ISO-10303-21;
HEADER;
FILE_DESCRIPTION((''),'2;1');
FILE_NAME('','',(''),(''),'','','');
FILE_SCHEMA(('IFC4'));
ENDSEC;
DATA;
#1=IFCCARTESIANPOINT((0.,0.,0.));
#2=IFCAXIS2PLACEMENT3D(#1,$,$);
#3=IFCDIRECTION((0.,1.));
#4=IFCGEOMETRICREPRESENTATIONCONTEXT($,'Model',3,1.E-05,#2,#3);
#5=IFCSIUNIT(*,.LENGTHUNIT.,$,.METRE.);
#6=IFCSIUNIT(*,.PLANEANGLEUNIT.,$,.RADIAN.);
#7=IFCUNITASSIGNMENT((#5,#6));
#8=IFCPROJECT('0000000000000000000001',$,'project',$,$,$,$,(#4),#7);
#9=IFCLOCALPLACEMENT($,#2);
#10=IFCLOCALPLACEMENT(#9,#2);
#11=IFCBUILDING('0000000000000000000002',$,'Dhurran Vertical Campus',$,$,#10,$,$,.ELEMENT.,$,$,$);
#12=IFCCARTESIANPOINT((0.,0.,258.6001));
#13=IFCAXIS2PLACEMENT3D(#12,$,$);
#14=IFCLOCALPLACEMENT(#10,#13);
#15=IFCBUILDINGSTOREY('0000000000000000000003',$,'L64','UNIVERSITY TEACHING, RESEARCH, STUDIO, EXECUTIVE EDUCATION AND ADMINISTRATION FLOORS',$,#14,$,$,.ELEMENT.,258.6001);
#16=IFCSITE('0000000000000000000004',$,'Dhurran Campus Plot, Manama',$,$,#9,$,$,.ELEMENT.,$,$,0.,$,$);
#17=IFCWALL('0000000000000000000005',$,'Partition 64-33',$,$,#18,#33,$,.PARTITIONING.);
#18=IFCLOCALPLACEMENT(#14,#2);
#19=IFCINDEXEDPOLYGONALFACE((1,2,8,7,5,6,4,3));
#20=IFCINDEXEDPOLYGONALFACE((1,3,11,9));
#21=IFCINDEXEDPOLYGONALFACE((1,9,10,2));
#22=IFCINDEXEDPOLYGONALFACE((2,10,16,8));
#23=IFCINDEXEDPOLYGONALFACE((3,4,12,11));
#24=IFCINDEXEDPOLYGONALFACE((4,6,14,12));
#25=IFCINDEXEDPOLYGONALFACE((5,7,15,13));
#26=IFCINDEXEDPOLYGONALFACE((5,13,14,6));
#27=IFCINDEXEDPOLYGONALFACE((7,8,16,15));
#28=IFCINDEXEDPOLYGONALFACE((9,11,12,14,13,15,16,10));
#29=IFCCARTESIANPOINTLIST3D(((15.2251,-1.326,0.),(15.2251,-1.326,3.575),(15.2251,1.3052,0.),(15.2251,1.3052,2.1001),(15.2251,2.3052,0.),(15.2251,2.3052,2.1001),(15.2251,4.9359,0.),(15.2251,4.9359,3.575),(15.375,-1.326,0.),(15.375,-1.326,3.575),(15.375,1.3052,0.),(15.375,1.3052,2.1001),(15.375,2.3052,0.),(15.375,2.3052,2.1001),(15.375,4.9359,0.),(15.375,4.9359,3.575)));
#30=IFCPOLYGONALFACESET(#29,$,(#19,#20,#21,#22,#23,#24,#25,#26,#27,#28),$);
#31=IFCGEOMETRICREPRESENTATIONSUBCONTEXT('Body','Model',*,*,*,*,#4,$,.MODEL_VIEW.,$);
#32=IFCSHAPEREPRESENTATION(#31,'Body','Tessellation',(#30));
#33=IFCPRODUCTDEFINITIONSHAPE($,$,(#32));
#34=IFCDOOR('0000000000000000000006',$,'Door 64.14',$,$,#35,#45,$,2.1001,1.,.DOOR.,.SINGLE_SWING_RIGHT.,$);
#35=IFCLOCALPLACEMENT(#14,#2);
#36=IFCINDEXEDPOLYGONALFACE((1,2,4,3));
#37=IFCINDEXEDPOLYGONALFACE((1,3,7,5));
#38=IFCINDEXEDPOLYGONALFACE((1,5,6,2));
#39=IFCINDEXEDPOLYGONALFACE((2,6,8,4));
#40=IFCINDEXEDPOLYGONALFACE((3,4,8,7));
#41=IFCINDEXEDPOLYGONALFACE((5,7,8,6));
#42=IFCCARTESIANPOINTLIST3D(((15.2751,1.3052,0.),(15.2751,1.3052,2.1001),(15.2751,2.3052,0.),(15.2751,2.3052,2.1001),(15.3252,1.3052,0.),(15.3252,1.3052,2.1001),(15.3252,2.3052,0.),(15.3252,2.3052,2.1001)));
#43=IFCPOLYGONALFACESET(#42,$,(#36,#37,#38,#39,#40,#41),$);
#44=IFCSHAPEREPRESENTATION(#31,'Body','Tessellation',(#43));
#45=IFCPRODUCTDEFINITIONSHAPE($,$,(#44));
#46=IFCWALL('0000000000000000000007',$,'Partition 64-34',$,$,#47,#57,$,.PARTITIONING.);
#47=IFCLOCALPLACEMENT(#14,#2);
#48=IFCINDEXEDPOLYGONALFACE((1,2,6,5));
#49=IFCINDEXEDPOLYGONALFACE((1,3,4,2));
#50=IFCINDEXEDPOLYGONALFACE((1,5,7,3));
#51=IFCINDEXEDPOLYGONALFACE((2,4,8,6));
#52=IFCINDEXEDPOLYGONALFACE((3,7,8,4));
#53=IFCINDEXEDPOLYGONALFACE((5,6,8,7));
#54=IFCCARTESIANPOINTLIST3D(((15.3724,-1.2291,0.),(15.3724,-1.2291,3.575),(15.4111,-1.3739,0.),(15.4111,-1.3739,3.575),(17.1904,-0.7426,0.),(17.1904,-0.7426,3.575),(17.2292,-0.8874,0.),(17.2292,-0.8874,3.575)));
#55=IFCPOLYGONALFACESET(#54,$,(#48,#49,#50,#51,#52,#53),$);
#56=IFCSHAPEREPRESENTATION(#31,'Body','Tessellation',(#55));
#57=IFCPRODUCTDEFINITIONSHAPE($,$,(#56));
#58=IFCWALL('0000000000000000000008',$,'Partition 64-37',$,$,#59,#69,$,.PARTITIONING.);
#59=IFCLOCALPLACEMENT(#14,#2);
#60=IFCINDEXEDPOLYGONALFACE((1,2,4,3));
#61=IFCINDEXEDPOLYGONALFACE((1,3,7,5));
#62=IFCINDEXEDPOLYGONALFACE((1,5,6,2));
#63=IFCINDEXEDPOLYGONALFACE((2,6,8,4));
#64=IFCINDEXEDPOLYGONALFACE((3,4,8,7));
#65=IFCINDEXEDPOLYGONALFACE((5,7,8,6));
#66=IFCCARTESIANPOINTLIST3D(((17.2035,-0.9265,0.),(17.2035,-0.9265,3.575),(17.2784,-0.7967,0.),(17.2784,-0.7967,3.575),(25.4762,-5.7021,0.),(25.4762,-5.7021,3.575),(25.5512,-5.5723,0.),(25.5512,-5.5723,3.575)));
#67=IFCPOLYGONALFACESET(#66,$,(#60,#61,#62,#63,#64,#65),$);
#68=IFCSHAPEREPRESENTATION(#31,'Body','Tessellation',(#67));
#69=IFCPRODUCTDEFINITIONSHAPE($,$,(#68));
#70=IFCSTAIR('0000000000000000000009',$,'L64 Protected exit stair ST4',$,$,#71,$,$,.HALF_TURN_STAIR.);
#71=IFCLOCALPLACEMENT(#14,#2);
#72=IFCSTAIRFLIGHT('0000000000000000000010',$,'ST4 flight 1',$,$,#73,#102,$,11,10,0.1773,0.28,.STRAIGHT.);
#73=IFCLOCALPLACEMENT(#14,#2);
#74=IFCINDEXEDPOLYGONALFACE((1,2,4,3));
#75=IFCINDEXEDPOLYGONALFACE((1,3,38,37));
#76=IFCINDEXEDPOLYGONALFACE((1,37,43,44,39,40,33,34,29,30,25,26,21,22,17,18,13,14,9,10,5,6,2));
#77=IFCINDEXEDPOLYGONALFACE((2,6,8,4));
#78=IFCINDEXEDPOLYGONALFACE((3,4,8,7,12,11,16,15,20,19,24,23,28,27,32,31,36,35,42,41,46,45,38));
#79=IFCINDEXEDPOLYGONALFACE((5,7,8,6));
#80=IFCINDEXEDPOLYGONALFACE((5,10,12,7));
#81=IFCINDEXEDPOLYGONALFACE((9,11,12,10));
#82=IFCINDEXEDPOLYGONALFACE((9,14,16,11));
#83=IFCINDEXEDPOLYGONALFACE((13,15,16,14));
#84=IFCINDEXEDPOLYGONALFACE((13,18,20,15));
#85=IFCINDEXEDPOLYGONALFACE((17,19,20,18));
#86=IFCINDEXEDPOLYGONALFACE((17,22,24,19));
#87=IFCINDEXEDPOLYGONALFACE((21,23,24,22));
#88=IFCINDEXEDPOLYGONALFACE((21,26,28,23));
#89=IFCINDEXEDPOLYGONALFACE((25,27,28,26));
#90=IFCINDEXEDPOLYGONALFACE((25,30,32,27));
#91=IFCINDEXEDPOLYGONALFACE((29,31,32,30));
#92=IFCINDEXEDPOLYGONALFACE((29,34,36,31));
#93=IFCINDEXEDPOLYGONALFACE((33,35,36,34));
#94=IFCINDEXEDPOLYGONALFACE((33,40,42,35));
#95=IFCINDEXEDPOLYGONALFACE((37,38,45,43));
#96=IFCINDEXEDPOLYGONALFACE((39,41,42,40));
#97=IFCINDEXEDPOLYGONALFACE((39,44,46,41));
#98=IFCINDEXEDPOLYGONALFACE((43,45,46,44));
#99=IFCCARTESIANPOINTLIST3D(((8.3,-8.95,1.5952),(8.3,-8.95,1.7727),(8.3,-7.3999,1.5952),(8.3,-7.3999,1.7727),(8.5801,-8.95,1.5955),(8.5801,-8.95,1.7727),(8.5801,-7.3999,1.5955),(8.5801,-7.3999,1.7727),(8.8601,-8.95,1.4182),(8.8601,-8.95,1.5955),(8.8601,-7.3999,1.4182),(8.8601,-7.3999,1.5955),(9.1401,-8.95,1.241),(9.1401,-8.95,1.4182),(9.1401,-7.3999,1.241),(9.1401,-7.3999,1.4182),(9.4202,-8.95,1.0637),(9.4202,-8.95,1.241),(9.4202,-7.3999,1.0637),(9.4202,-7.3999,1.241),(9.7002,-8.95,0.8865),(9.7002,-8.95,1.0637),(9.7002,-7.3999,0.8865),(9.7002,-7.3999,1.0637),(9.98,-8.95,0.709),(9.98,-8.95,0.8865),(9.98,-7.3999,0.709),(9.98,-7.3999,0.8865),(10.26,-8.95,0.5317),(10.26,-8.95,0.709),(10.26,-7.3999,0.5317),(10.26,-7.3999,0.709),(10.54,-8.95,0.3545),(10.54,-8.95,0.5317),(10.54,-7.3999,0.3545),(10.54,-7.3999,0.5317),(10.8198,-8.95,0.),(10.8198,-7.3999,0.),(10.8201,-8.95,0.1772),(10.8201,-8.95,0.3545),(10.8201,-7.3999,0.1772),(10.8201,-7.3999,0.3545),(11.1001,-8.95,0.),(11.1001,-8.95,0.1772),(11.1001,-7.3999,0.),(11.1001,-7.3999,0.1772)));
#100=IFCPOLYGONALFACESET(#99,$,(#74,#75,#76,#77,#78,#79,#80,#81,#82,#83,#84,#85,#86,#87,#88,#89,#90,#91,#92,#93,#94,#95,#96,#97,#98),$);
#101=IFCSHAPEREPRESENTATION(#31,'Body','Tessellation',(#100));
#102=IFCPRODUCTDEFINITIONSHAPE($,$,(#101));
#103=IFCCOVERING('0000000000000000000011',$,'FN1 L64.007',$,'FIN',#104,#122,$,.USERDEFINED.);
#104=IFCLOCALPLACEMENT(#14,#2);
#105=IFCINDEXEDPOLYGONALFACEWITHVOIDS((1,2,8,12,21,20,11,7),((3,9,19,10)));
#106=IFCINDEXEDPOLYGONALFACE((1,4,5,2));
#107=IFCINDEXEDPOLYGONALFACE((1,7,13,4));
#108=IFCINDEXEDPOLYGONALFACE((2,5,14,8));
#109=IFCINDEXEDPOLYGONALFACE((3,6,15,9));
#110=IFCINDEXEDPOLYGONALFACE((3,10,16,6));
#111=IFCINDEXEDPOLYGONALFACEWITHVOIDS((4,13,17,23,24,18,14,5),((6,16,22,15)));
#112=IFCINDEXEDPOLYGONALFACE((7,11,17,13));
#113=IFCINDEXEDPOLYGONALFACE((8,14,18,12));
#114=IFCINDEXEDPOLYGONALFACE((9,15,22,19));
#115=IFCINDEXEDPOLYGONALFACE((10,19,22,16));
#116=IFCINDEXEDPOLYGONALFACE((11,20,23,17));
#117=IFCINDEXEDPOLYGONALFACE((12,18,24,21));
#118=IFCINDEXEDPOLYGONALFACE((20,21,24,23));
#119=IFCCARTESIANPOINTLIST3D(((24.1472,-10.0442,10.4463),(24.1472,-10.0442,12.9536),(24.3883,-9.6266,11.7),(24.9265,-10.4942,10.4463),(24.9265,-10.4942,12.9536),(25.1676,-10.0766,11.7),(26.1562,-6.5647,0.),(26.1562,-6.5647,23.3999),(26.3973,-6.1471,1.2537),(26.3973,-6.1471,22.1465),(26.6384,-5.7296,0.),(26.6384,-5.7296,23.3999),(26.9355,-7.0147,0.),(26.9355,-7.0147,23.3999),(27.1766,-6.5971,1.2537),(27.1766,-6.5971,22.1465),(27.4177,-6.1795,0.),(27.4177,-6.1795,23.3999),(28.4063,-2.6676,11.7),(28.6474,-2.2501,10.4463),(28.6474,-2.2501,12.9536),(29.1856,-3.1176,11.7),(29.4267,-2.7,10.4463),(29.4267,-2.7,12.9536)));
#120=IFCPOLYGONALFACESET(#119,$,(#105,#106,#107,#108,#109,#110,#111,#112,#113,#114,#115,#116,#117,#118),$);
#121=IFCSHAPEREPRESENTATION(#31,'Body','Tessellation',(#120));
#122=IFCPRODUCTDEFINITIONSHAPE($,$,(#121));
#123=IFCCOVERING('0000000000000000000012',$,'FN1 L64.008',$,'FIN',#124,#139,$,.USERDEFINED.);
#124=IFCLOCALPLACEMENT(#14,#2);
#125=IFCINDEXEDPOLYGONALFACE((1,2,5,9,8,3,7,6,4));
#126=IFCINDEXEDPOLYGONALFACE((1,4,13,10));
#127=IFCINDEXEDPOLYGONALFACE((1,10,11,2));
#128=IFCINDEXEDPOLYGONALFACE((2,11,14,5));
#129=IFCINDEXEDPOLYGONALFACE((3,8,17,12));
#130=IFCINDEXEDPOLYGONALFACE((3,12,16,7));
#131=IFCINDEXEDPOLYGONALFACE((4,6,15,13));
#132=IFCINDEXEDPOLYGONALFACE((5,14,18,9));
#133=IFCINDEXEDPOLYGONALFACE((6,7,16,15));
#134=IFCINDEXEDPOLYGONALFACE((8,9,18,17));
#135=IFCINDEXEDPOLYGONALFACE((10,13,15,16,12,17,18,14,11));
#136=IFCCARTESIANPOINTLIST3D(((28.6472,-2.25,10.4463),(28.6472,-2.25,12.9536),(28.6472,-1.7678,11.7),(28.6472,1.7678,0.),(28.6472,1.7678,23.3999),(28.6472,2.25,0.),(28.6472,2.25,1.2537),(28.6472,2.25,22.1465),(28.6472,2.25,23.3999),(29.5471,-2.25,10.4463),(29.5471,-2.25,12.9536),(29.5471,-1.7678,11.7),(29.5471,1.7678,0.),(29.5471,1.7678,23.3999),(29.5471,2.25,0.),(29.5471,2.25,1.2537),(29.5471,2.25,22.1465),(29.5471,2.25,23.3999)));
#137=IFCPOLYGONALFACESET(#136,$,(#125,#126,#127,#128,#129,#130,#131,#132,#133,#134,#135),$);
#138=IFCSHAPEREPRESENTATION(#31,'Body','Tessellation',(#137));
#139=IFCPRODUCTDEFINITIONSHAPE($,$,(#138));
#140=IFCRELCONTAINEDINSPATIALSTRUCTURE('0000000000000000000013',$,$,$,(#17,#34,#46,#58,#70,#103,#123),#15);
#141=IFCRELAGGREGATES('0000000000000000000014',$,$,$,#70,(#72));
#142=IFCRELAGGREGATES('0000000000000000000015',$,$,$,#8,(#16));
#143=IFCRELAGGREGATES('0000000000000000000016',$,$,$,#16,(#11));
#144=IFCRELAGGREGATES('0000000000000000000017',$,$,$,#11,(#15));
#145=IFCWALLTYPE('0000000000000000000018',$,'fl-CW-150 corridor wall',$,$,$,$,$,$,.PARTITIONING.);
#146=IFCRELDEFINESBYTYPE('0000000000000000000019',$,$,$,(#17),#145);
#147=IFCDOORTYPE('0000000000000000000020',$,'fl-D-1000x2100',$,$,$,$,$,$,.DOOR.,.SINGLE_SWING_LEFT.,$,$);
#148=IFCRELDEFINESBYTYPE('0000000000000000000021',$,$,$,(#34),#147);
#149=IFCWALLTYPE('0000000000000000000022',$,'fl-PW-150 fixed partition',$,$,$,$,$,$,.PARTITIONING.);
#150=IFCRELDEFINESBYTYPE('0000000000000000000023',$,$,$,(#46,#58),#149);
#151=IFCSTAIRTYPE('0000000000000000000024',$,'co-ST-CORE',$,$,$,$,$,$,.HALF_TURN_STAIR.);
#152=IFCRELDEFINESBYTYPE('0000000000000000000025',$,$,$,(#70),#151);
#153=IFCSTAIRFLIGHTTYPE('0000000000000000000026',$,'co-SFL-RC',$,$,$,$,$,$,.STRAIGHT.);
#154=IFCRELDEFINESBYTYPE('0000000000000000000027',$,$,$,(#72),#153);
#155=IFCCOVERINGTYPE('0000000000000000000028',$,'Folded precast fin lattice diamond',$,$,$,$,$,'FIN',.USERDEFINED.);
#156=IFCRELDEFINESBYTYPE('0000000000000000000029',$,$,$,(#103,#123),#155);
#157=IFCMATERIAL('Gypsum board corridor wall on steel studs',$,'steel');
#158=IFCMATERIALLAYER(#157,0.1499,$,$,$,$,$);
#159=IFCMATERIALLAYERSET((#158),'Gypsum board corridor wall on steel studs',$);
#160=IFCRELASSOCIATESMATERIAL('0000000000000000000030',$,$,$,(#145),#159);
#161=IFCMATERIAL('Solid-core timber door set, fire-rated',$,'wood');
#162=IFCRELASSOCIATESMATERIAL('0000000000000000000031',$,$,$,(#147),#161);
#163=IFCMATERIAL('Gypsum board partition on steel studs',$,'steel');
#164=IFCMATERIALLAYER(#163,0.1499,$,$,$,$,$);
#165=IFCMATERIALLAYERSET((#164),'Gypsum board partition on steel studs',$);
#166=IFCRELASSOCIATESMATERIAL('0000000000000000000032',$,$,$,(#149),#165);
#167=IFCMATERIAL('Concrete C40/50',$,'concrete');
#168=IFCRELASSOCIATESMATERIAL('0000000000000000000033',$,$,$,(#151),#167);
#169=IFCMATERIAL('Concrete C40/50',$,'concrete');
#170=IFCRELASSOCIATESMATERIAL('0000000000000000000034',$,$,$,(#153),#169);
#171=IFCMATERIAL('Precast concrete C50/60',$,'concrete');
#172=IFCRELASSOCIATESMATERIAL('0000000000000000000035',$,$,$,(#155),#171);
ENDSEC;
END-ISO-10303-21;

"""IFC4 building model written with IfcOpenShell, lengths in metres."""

from ifc_helpers import new_model, si_unit, direction, frame, frame_2d, origin, place, context, subcontext, project, spatial, polyline, rectangle, outline, extrude, material, layer, layer_set, type_object, element, fill, aggregate, save


model = new_model("IFC4")

# Units and contexts
model_context = context("Model", 3, precision=1e-05, world=origin(), true_north=direction((0.0, 1.0)))
body_context = subcontext(model_context, "Body", "Model", "MODEL_VIEW")
ifc_project = project(units=[si_unit("LENGTHUNIT", "METRE"), si_unit("PLANEANGLEUNIT", "RADIAN")], contexts=[model_context])

# Site, building, storey
site_placement = place(None, origin())
site = spatial("IfcSite", under=ifc_project, at=site_placement, Name="Dhurran Campus Plot, Manama", CompositionType="ELEMENT", RefElevation=0.0)
building_placement = place(site_placement, origin())
building = spatial("IfcBuilding", under=site, at=building_placement, Name="Dhurran Vertical Campus", CompositionType="ELEMENT")
storey_placement = place(building_placement, frame((0.0, 0.0, 258.6001)))
storey = spatial("IfcBuildingStorey", under=building, at=storey_placement, Name="L64", Description="UNIVERSITY TEACHING, RESEARCH, STUDIO, EXECUTIVE EDUCATION AND ADMINISTRATION FLOORS", CompositionType="ELEMENT", Elevation=258.6001)

# Wall, opening, door
ifc_material_1 = material(Name="Gypsum board corridor wall on steel studs", Category="steel")
ifc_layer_1 = layer(ifc_material_1, 0.1499)
ifc_layer_set_1 = layer_set([ifc_layer_1], Name="Gypsum board corridor wall on steel studs")
wall_type_1 = type_object("IfcWallType", Name="fl-CW-150 corridor wall", PredefinedType="PARTITIONING", material=ifc_layer_set_1)
wall_1_placement = place(storey_placement, frame((15.3, -1.3259, 0.0), z_axis=(0.0, 0.0, 1.0), x_axis=(0.0, 1.0, 0.0)))
wall_1 = element("IfcWall", 1, at=wall_1_placement, inside=storey, type_object=wall_type_1, Name="Partition 64-33", PredefinedType="PARTITIONING", context=body_context, shape_type="SweptSolid", body=[
    extrude(rectangle(XDim=6.262, YDim=0.1499, at=frame_2d((3.1309, 0.0))), origin(), (0.0, 0.0, 1.0), 3.575),
])
opening_1_placement = place(wall_1_placement, frame((2.6311, 0.0, 0.0)))
opening_1 = element("IfcOpeningElement", 2, at=opening_1_placement, cuts=wall_1, PredefinedType="OPENING", context=body_context, shape_type="SweptSolid", body=[
    extrude(rectangle(XDim=1.0, YDim=2.1001, at=frame_2d((0.5, 1.05))), frame((0.0, 0.085, 0.0), z_axis=(0.0, -1.0, 0.0), x_axis=(1.0, 0.0, 0.0)), (0.0, 0.0, 1.0), 0.1699),
])
ifc_material_2 = material(Name="Solid-core timber door set, fire-rated", Category="wood")
door_type_1 = type_object("IfcDoorType", Name="fl-D-1000x2100", OperationType="SINGLE_SWING_LEFT", PredefinedType="DOOR", material=ifc_material_2)
door_1_placement = place(opening_1_placement, origin())
door_1 = element("IfcDoor", 3, at=door_1_placement, inside=storey, type_object=door_type_1, Name="Door 64.14", OperationType="SINGLE_SWING_RIGHT", OverallHeight=2.1001, OverallWidth=1.0, PredefinedType="DOOR", context=body_context, shape_type="SweptSolid", body=[
    extrude(rectangle(XDim=1.0, YDim=2.1001, at=frame_2d((0.5, 1.05))), frame((0.0, 0.0249, 0.0), z_axis=(0.0, -1.0, 0.0), x_axis=(1.0, 0.0, 0.0)), (0.0, 0.0, 1.0), 0.05),
])
fill(opening_1, door_1)

# Walls
ifc_material_3 = material(Name="Gypsum board partition on steel studs", Category="steel")
ifc_layer_2 = layer(ifc_material_3, 0.1499)
ifc_layer_set_2 = layer_set([ifc_layer_2], Name="Gypsum board partition on steel studs")
wall_type_2 = type_object("IfcWallType", Name="fl-PW-150 fixed partition", PredefinedType="PARTITIONING", material=ifc_layer_set_2)
wall_2_placement = place(storey_placement, frame((15.3918, -1.3015, 0.0), z_axis=(0.0, 0.0, 1.0), x_axis=(0.966004, 0.258526, 0.0)))
element("IfcWall", 4, at=wall_2_placement, inside=storey, type_object=wall_type_2, Name="Partition 64-34", PredefinedType="PARTITIONING", context=body_context, shape_type="SweptSolid", body=[
    extrude(rectangle(XDim=1.8821, YDim=0.1499, at=frame_2d((0.9409, 0.0))), origin(), (0.0, 0.0, 1.0), 3.575),
])
wall_3_placement = place(storey_placement, frame((17.241, -0.8616, 0.0), z_axis=(0.0, 0.0, 1.0), x_axis=(0.866053, -0.499952, 0.0)))
element("IfcWall", 5, at=wall_3_placement, inside=storey, type_object=wall_type_2, Name="Partition 64-37", PredefinedType="PARTITIONING", context=body_context, shape_type="SweptSolid", body=[
    extrude(rectangle(XDim=9.5522, YDim=0.1499, at=frame_2d((4.7761, 0.0))), origin(), (0.0, 0.0, 1.0), 3.575),
])

# Stair, stair flight
ifc_material_4 = material(Name="Concrete C40/50", Category="concrete")
stair_type = type_object("IfcStairType", Name="co-ST-CORE", PredefinedType="HALF_TURN_STAIR", material=ifc_material_4)
stair_placement = place(storey_placement, origin())
stair = element("IfcStair", 6, at=stair_placement, inside=storey, type_object=stair_type, Name="L64 Protected exit stair ST4", PredefinedType="HALF_TURN_STAIR")
ifc_material_5 = material(Name="Concrete C40/50", Category="concrete")
stair_flight_type = type_object("IfcStairFlightType", Name="co-SFL-RC", PredefinedType="STRAIGHT", material=ifc_material_5)
stair_flight_placement = place(storey_placement, frame((11.1001, -8.175, 0.0), z_axis=(0.0, 0.0, 1.0), x_axis=(-1.0, 0.0, 0.0)))
stair_flight = element("IfcStairFlight", 7, at=stair_flight_placement, type_object=stair_flight_type, Name="ST4 flight 1", NumberOfRisers=11, NumberOfTreads=10, PredefinedType="STRAIGHT", RiserHeight=0.1773, TreadLength=0.28, context=body_context, shape_type="SweptSolid", body=[
    extrude(outline(polyline([(0.0, 0.0), (0.0, 0.1772), (0.28, 0.1772), (0.28, 0.3545), (0.5601, 0.3545), (0.5601, 0.5317), (0.8401, 0.5317), (0.8401, 0.709), (1.1201, 0.709), (1.1201, 0.8865), (1.3999, 0.8865), (1.3999, 1.0637), (1.6799, 1.0637), (1.6799, 1.241), (1.96, 1.241), (1.96, 1.4182), (2.24, 1.4182), (2.24, 1.5955), (2.52, 1.5955), (2.52, 1.7727), (2.8, 1.7727), (2.8, 1.95), (2.8, 1.5952), (0.2803, 0.0), (0.0, 0.0)])), frame((0.0, 0.7749, 0.0), z_axis=(0.0, -1.0, 0.0), x_axis=(1.0, 0.0, 0.0)), (0.0, 0.0, 1.0), 1.55),
])
aggregate(stair, [stair_flight])

# Coverings
ifc_material_6 = material(Name="Precast concrete C50/60", Category="concrete")
covering_type = type_object("IfcCoveringType", Name="Folded precast fin lattice diamond", ElementType="FIN", PredefinedType="USERDEFINED", material=ifc_material_6)
covering_1_placement = place(storey_placement, frame((24.1472, -10.0442, 0.0), z_axis=(0.866014, -0.50002, 0.0), x_axis=(0.50002, 0.866014, 0.0)))
element("IfcCovering", 8, at=covering_1_placement, inside=storey, type_object=covering_type, Name="FN1 L64.007", ObjectType="FIN", PredefinedType="USERDEFINED", context=body_context, shape_type="SweptSolid", body=[
    extrude(outline(polyline([(9.0, 12.9536), (9.0, 10.4463), (4.9822, 0.0), (4.0178, 0.0), (0.0, 10.4463), (0.0, 12.9536), (4.0178, 23.3999), (4.9822, 23.3999), (9.0, 12.9536)]), holes=[polyline([(8.5178, 11.7), (4.5, 22.1465), (0.4822, 11.7), (4.5, 1.2537), (8.5178, 11.7)])]), origin(), (0.0, 0.0, 1.0), 0.8999),
])
covering_2_placement = place(storey_placement, frame((28.6472, -2.25, 0.0), z_axis=(1.0, 0.0, 0.0), x_axis=(0.0, 1.0, 0.0)))
element("IfcCovering", 9, at=covering_2_placement, inside=storey, type_object=covering_type, Name="FN1 L64.008", ObjectType="FIN", PredefinedType="USERDEFINED", context=body_context, shape_type="SweptSolid", body=[
    extrude(outline(polyline([(4.0178, 0.0), (0.0, 10.4463), (0.0, 12.9536), (4.0178, 23.3999), (4.5, 23.3999), (4.5, 22.1465), (0.4822, 11.7), (4.5, 1.2537), (4.5, 0.0), (4.0178, 0.0)])), origin(), (0.0, 0.0, 1.0), 0.8999),
])

save(model, "model.ifc")
